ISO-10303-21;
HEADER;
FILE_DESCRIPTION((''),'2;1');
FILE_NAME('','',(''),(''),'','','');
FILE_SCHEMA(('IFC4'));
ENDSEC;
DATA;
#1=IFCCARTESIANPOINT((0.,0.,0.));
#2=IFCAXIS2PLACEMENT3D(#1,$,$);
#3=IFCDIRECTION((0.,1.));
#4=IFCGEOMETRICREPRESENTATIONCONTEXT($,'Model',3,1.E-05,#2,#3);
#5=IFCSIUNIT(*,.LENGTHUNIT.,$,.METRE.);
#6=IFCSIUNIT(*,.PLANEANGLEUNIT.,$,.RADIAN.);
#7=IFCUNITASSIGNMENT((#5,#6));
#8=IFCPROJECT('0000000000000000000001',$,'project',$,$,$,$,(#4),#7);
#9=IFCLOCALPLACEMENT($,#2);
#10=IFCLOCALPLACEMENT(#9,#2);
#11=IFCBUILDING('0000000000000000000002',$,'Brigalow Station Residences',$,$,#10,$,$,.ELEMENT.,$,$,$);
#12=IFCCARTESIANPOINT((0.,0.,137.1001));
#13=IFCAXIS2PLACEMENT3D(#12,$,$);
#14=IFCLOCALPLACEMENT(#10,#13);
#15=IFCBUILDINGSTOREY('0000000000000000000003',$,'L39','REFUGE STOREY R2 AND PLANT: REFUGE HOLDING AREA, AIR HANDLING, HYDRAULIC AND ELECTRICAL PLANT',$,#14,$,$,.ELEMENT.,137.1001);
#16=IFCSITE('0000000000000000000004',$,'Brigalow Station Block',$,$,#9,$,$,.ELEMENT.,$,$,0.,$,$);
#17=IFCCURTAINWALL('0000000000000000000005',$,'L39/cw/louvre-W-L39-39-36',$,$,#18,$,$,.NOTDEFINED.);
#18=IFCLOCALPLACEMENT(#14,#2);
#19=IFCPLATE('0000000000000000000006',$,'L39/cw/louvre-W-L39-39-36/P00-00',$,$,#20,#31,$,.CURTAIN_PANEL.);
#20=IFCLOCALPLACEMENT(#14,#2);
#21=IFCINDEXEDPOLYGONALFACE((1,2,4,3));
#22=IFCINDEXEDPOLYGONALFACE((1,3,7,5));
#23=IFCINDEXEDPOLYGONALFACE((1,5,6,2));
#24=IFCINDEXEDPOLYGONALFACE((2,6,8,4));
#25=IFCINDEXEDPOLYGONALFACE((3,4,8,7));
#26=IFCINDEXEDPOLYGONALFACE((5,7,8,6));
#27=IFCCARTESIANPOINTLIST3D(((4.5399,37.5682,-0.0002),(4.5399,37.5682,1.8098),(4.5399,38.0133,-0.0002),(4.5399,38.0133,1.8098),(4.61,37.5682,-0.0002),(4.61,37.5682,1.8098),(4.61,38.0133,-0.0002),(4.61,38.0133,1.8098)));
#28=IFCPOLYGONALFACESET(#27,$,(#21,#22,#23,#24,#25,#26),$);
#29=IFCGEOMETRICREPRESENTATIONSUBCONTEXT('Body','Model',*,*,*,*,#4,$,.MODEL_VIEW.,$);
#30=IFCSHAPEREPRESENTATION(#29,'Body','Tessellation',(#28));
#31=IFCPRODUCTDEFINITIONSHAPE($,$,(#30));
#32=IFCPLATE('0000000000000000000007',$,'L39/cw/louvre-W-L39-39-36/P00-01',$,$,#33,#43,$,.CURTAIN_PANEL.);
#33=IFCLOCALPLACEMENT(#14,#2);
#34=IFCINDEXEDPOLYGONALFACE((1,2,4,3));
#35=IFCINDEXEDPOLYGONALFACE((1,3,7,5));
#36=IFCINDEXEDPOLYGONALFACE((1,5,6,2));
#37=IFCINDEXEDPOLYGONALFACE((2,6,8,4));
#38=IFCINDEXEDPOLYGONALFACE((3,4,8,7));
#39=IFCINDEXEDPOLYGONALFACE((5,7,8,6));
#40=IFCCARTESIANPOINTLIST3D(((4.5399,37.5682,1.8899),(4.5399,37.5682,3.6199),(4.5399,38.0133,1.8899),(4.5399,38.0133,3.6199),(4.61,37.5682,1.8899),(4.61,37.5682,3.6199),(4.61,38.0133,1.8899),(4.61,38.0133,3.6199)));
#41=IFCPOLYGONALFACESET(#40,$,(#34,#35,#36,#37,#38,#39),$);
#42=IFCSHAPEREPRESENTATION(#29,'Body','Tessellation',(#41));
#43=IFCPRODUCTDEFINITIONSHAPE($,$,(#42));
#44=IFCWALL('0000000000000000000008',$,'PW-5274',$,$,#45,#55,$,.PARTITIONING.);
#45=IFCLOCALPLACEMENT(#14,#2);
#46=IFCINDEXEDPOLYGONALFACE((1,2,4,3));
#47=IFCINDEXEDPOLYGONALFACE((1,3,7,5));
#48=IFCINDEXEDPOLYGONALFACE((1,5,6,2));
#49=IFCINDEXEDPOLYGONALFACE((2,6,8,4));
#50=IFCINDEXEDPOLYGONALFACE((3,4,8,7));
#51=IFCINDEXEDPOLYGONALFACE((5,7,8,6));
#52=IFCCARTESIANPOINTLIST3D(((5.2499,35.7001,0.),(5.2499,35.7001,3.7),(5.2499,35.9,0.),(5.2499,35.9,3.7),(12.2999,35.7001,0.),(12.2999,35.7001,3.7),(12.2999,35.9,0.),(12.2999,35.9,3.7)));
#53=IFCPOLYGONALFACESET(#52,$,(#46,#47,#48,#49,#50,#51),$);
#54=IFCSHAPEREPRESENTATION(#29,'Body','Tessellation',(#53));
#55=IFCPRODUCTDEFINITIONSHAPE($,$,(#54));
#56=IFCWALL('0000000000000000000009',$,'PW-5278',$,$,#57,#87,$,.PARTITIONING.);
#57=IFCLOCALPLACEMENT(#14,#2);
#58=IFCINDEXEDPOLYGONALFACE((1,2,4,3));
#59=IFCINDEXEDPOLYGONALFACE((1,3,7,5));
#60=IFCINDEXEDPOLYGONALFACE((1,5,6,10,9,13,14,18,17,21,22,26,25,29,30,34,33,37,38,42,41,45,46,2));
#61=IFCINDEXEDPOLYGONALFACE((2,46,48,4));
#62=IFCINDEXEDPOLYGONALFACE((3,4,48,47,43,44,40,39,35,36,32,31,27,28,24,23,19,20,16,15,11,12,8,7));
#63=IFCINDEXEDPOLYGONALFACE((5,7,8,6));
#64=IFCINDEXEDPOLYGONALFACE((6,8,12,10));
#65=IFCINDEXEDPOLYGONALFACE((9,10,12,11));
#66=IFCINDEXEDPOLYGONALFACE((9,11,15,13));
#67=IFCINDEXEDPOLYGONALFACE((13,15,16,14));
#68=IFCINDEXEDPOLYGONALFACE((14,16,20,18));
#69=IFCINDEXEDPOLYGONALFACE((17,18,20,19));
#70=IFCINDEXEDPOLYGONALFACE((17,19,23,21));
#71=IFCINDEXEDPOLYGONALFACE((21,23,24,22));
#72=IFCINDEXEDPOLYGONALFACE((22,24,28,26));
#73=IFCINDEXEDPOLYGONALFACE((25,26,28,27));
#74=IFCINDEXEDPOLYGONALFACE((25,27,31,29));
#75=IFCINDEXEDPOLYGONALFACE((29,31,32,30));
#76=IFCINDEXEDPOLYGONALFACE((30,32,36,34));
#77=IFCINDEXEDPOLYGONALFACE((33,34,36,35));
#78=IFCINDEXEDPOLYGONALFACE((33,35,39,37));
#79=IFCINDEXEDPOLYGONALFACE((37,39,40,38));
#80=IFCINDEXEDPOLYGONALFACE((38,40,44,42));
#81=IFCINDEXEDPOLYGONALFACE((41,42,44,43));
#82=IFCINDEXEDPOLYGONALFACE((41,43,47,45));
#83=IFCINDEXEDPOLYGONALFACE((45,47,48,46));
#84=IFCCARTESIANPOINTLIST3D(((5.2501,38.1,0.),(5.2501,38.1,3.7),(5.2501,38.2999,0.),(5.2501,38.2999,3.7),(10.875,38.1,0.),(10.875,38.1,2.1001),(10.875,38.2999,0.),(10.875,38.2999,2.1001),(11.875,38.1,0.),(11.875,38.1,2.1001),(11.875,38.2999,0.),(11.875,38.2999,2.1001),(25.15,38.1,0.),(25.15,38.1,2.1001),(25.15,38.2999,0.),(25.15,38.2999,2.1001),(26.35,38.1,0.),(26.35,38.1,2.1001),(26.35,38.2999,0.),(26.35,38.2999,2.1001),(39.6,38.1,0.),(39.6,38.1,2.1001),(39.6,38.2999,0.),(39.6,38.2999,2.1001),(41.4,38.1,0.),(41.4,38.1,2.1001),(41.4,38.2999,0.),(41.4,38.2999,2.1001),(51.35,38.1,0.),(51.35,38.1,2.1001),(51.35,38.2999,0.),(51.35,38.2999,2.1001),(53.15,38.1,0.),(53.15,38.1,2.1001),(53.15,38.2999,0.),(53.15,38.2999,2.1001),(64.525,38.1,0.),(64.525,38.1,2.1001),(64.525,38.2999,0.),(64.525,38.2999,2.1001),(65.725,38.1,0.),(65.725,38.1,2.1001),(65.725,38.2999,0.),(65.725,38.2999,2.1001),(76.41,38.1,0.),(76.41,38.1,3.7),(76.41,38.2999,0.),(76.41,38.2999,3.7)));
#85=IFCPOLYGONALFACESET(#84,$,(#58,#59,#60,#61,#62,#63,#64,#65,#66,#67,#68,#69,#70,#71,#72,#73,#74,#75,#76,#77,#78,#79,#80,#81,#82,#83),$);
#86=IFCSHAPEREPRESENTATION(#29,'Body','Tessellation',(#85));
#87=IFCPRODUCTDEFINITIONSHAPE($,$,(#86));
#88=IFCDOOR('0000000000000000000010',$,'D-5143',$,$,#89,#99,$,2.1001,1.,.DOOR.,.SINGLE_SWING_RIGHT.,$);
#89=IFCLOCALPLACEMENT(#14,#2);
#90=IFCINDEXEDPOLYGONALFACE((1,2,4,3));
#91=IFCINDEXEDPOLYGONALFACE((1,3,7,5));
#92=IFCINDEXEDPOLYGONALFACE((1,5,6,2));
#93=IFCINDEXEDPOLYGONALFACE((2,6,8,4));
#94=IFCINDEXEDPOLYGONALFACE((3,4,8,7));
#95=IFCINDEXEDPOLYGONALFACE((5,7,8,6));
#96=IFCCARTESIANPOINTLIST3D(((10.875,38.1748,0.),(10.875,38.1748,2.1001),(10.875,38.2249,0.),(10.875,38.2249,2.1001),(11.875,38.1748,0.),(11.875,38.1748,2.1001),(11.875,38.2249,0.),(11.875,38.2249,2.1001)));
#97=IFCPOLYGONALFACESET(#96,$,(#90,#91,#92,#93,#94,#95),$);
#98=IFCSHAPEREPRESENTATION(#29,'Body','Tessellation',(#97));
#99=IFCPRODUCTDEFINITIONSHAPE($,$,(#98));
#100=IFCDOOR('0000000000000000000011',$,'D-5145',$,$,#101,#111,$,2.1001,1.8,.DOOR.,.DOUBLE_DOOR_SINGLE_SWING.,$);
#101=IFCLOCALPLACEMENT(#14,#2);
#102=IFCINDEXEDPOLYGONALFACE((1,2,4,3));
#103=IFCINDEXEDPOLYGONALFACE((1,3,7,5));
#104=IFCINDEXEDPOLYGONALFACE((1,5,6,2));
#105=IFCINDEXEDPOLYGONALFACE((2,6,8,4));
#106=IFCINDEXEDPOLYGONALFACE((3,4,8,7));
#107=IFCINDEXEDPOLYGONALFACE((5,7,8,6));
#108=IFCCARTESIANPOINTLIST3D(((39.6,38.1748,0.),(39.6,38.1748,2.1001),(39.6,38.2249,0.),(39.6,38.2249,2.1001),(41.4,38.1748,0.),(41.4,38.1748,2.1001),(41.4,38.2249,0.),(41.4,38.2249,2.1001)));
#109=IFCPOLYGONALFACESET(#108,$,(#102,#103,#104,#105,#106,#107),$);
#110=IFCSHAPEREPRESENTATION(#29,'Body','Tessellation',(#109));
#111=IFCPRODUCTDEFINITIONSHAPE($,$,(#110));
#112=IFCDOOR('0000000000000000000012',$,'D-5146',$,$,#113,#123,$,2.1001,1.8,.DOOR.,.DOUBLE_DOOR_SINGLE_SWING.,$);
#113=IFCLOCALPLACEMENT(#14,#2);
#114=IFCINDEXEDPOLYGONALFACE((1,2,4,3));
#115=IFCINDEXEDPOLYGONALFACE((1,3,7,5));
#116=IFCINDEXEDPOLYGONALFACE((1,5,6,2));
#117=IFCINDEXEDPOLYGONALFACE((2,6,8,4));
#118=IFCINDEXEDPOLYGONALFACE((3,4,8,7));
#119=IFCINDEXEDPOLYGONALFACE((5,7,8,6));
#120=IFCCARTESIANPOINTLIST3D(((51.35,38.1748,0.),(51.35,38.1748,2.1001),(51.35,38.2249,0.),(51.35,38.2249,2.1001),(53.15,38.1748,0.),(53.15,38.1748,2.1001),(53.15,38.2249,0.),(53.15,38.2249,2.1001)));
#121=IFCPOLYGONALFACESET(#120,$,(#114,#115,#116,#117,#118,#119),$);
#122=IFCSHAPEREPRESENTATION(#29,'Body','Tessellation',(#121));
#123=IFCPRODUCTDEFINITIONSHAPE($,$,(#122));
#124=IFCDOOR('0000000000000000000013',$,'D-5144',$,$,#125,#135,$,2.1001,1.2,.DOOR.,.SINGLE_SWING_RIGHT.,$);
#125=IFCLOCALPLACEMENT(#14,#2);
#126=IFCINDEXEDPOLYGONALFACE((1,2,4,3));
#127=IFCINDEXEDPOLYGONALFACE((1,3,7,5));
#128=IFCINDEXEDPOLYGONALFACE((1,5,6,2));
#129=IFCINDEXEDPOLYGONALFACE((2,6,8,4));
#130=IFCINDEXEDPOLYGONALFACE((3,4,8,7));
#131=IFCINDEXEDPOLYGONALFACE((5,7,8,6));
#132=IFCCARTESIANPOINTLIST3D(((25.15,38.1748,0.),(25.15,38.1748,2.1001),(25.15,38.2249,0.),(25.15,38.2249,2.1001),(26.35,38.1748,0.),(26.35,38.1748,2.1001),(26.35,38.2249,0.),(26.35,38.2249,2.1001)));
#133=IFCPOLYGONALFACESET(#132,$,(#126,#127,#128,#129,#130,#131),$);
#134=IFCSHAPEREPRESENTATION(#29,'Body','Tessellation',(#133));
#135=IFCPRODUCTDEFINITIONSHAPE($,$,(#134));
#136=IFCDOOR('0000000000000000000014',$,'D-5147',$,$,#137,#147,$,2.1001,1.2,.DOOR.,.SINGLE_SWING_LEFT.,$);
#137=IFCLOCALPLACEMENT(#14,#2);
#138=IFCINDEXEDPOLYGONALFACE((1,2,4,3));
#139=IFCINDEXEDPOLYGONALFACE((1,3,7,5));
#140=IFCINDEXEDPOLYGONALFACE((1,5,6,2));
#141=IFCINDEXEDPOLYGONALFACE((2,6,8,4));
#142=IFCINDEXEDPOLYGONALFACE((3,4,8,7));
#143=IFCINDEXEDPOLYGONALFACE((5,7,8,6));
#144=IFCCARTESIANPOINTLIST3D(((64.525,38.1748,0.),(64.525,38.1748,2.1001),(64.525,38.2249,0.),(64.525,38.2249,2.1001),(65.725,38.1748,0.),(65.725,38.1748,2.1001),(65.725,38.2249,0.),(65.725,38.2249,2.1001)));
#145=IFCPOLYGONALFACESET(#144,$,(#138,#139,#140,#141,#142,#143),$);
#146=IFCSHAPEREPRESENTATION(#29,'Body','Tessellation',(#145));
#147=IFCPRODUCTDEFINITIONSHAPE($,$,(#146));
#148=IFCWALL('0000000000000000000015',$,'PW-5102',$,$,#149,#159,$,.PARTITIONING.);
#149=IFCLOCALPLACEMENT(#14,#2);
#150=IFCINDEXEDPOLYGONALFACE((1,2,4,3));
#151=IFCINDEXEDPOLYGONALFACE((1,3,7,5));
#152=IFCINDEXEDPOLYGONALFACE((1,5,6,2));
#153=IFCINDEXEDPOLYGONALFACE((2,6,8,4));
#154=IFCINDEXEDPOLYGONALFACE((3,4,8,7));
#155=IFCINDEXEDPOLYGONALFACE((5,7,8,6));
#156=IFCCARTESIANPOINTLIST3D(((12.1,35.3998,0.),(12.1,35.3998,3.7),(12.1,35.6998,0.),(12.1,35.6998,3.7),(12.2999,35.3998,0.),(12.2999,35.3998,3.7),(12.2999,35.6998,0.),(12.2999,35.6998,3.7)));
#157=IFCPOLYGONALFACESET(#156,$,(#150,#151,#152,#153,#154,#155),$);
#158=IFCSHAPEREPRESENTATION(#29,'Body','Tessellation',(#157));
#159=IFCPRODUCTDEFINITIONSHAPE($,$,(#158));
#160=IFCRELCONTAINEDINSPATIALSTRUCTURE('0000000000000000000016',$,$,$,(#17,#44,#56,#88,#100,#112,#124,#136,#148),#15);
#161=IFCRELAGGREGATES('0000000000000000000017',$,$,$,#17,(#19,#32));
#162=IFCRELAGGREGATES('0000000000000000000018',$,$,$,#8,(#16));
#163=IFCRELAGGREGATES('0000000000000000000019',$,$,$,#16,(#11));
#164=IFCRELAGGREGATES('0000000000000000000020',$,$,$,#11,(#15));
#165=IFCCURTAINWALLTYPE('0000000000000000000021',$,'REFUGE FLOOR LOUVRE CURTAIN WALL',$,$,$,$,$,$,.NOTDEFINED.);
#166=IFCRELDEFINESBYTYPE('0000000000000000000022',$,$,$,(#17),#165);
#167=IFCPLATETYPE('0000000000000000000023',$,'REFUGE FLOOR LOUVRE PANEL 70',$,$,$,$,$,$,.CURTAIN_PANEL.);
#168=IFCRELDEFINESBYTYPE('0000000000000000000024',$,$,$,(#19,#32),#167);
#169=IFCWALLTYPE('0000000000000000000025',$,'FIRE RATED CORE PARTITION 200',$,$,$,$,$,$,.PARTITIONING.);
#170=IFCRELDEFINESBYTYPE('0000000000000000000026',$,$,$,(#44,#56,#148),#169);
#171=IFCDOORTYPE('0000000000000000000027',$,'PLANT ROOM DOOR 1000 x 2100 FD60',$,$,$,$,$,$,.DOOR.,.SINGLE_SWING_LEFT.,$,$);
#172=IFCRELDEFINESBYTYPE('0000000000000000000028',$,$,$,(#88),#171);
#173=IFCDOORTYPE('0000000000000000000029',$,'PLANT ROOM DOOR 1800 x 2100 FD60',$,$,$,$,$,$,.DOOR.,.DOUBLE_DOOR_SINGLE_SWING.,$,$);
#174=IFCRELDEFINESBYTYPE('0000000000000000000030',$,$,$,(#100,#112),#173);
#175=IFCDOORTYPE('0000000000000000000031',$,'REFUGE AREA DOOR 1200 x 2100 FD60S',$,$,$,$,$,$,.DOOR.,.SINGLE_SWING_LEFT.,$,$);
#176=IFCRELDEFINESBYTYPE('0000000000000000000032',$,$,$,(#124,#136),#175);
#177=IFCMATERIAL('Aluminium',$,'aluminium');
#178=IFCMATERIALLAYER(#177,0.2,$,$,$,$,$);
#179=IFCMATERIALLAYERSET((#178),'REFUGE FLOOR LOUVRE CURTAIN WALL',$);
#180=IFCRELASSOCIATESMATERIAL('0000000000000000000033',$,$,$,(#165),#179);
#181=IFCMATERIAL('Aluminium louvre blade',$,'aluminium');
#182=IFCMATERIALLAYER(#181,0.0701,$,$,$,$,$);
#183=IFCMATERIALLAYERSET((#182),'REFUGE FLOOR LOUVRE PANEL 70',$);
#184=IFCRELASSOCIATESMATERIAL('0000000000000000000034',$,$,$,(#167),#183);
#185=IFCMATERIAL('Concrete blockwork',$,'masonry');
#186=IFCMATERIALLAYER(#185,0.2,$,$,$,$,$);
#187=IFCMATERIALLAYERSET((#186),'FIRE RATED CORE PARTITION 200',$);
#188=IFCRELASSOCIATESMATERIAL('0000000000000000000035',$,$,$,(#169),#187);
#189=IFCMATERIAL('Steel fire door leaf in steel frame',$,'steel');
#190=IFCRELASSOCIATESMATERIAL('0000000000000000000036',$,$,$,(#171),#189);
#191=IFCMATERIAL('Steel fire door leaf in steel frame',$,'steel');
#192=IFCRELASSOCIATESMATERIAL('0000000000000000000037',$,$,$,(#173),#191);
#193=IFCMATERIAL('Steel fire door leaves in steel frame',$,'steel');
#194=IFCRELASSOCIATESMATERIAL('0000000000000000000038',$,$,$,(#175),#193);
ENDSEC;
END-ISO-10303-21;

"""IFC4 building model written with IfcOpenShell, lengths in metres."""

from ifc_helpers import new_model, si_unit, direction, frame, frame_2d, origin, origin_2d, place, context, subcontext, project, spatial, rectangle, extrude, material, layer, layer_set, type_object, element, fill, aggregate, save


model = new_model("IFC4")

# Units and contexts
model_context = context("Model", 3, precision=1e-05, world=origin(), true_north=direction((0.0, 1.0)))
body_context = subcontext(model_context, "Body", "Model", "MODEL_VIEW")
ifc_project = project(units=[si_unit("LENGTHUNIT", "METRE"), si_unit("PLANEANGLEUNIT", "RADIAN")], contexts=[model_context])

# Site, building, storey
site_placement = place(None, origin())
site = spatial("IfcSite", under=ifc_project, at=site_placement, Name="Brigalow Station Block", CompositionType="ELEMENT", RefElevation=0.0)
building_placement = place(site_placement, origin())
building = spatial("IfcBuilding", under=site, at=building_placement, Name="Brigalow Station Residences", CompositionType="ELEMENT")
storey_placement = place(building_placement, frame((0.0, 0.0, 137.1001)))
storey = spatial("IfcBuildingStorey", under=building, at=storey_placement, Name="L39", Description="REFUGE STOREY R2 AND PLANT: REFUGE HOLDING AREA, AIR HANDLING, HYDRAULIC AND ELECTRICAL PLANT", CompositionType="ELEMENT", Elevation=137.1001)

# Shared definitions
ifc_material_1 = material(Name="Aluminium", Category="aluminium")
ifc_layer_1 = layer(ifc_material_1, 0.2)
ifc_layer_set_1 = layer_set([ifc_layer_1], Name="REFUGE FLOOR LOUVRE CURTAIN WALL")
curtain_wall_type = type_object("IfcCurtainWallType", Name="REFUGE FLOOR LOUVRE CURTAIN WALL", PredefinedType="NOTDEFINED", material=ifc_layer_set_1)

# Curtain wall
curtain_wall_1_placement = place(storey_placement, origin())
curtain_wall_1 = element("IfcCurtainWall", 1, at=curtain_wall_1_placement, inside=storey, type_object=curtain_wall_type, Name="L39/cw/louvre-W-L39-39-36", PredefinedType="NOTDEFINED")

# Plates
ifc_material_2 = material(Name="Aluminium louvre blade", Category="aluminium")
ifc_layer_2 = layer(ifc_material_2, 0.0701)
ifc_layer_set_2 = layer_set([ifc_layer_2], Name="REFUGE FLOOR LOUVRE PANEL 70")
plate_type = type_object("IfcPlateType", Name="REFUGE FLOOR LOUVRE PANEL 70", PredefinedType="CURTAIN_PANEL", material=ifc_layer_set_2)
plate_1_placement = place(storey_placement, frame((4.575, 37.7908, -0.0002), z_axis=(0.0, 0.0, 1.0), x_axis=(0.0, -1.0, 0.0)))
plate_1 = element("IfcPlate", 2, at=plate_1_placement, type_object=plate_type, Name="L39/cw/louvre-W-L39-39-36/P00-00", PredefinedType="CURTAIN_PANEL", context=body_context, shape_type="SweptSolid", body=[
    extrude(rectangle(XDim=0.4451, YDim=0.0701, at=origin_2d()), origin(), (0.0, 0.0, 1.0), 1.8101),
])
plate_2_placement = place(storey_placement, frame((4.575, 37.7908, 1.8899), z_axis=(0.0, 0.0, 1.0), x_axis=(0.0, -1.0, 0.0)))
plate_2 = element("IfcPlate", 3, at=plate_2_placement, type_object=plate_type, Name="L39/cw/louvre-W-L39-39-36/P00-01", PredefinedType="CURTAIN_PANEL", context=body_context, shape_type="SweptSolid", body=[
    extrude(rectangle(XDim=0.4451, YDim=0.0701, at=origin_2d()), origin(), (0.0, 0.0, 1.0), 1.73),
])
aggregate(curtain_wall_1, [plate_1, plate_2])

# Wall
ifc_material_3 = material(Name="Concrete blockwork", Category="masonry")
ifc_layer_3 = layer(ifc_material_3, 0.2)
ifc_layer_set_3 = layer_set([ifc_layer_3], Name="FIRE RATED CORE PARTITION 200")
wall_type = type_object("IfcWallType", Name="FIRE RATED CORE PARTITION 200", PredefinedType="PARTITIONING", material=ifc_layer_set_3)
wall_1_placement = place(storey_placement, frame((5.25, 35.8, 0.0), z_axis=(0.0, 0.0, 1.0), x_axis=(1.0, 0.0, 0.0)))
element("IfcWall", 4, at=wall_1_placement, inside=storey, type_object=wall_type, Name="PW-5274", PredefinedType="PARTITIONING", context=body_context, shape_type="SweptSolid", body=[
    extrude(rectangle(XDim=7.05, YDim=0.2, at=frame_2d((3.5249, 0.0))), origin(), (0.0, 0.0, 1.0), 3.7),
])

# Wall, openings, doors
wall_2_placement = place(storey_placement, frame((5.25, 38.2, 0.0), z_axis=(0.0, 0.0, 1.0), x_axis=(1.0, 0.0, 0.0)))
wall_2 = element("IfcWall", 5, at=wall_2_placement, inside=storey, type_object=wall_type, Name="PW-5278", PredefinedType="PARTITIONING", context=body_context, shape_type="SweptSolid", body=[
    extrude(rectangle(XDim=71.1599, YDim=0.2, at=frame_2d((35.5801, 0.0))), origin(), (0.0, 0.0, 1.0), 3.7),
])
opening_1_placement = place(wall_2_placement, frame((5.625, 0.0, 0.0)))
opening_1 = element("IfcOpeningElement", 6, at=opening_1_placement, cuts=wall_2, PredefinedType="OPENING", context=body_context, shape_type="SweptSolid", body=[
    extrude(rectangle(XDim=1.0, YDim=2.1001, at=frame_2d((0.5, 1.05))), frame((0.0, 0.1099, 0.0), z_axis=(0.0, -1.0, 0.0), x_axis=(1.0, 0.0, 0.0)), (0.0, 0.0, 1.0), 0.22),
])
opening_2_placement = place(wall_2_placement, frame((19.8999, 0.0, 0.0)))
opening_2 = element("IfcOpeningElement", 7, at=opening_2_placement, cuts=wall_2, PredefinedType="OPENING", context=body_context, shape_type="SweptSolid", body=[
    extrude(rectangle(XDim=1.2, YDim=2.1001, at=frame_2d((0.6001, 1.05))), frame((0.0, 0.1099, 0.0), z_axis=(0.0, -1.0, 0.0), x_axis=(1.0, 0.0, 0.0)), (0.0, 0.0, 1.0), 0.22),
])
opening_3_placement = place(wall_2_placement, frame((34.3501, 0.0, 0.0)))
opening_3 = element("IfcOpeningElement", 8, at=opening_3_placement, cuts=wall_2, PredefinedType="OPENING", context=body_context, shape_type="SweptSolid", body=[
    extrude(rectangle(XDim=1.8, YDim=2.1001, at=frame_2d((0.8999, 1.05))), frame((0.0, 0.1099, 0.0), z_axis=(0.0, -1.0, 0.0), x_axis=(1.0, 0.0, 0.0)), (0.0, 0.0, 1.0), 0.22),
])
opening_4_placement = place(wall_2_placement, frame((46.1001, 0.0, 0.0)))
opening_4 = element("IfcOpeningElement", 9, at=opening_4_placement, cuts=wall_2, PredefinedType="OPENING", context=body_context, shape_type="SweptSolid", body=[
    extrude(rectangle(XDim=1.8, YDim=2.1001, at=frame_2d((0.8999, 1.05))), frame((0.0, 0.1099, 0.0), z_axis=(0.0, -1.0, 0.0), x_axis=(1.0, 0.0, 0.0)), (0.0, 0.0, 1.0), 0.22),
])
opening_5_placement = place(wall_2_placement, frame((59.2749, 0.0, 0.0)))
opening_5 = element("IfcOpeningElement", 10, at=opening_5_placement, cuts=wall_2, PredefinedType="OPENING", context=body_context, shape_type="SweptSolid", body=[
    extrude(rectangle(XDim=1.2, YDim=2.1001, at=frame_2d((0.6001, 1.05))), frame((0.0, 0.1099, 0.0), z_axis=(0.0, -1.0, 0.0), x_axis=(1.0, 0.0, 0.0)), (0.0, 0.0, 1.0), 0.22),
])
ifc_material_4 = material(Name="Steel fire door leaf in steel frame", Category="steel")
door_type_1 = type_object("IfcDoorType", Name="PLANT ROOM DOOR 1000 x 2100 FD60", OperationType="SINGLE_SWING_LEFT", PredefinedType="DOOR", material=ifc_material_4)
door_1_placement = place(opening_1_placement, origin())
door_1 = element("IfcDoor", 11, at=door_1_placement, inside=storey, type_object=door_type_1, Name="D-5143", OperationType="SINGLE_SWING_RIGHT", OverallHeight=2.1001, OverallWidth=1.0, PredefinedType="DOOR", context=body_context, shape_type="SweptSolid", body=[
    extrude(rectangle(XDim=1.0, YDim=2.1001, at=frame_2d((0.5, 1.05))), frame((0.0, 0.0249, 0.0), z_axis=(0.0, -1.0, 0.0), x_axis=(1.0, 0.0, 0.0)), (0.0, 0.0, 1.0), 0.05),
])
fill(opening_1, door_1)
ifc_material_5 = material(Name="Steel fire door leaf in steel frame", Category="steel")
door_type_2 = type_object("IfcDoorType", Name="PLANT ROOM DOOR 1800 x 2100 FD60", OperationType="DOUBLE_DOOR_SINGLE_SWING", PredefinedType="DOOR", material=ifc_material_5)
door_2_placement = place(opening_3_placement, origin())
door_2 = element("IfcDoor", 12, at=door_2_placement, inside=storey, type_object=door_type_2, Name="D-5145", OperationType="DOUBLE_DOOR_SINGLE_SWING", OverallHeight=2.1001, OverallWidth=1.8, PredefinedType="DOOR", context=body_context, shape_type="SweptSolid", body=[
    extrude(rectangle(XDim=1.8, YDim=2.1001, at=frame_2d((0.8999, 1.05))), frame((0.0, 0.0249, 0.0), z_axis=(0.0, -1.0, 0.0), x_axis=(1.0, 0.0, 0.0)), (0.0, 0.0, 1.0), 0.05),
])
fill(opening_3, door_2)
door_3_placement = place(opening_4_placement, origin())
door_3 = element("IfcDoor", 13, at=door_3_placement, inside=storey, type_object=door_type_2, Name="D-5146", OperationType="DOUBLE_DOOR_SINGLE_SWING", OverallHeight=2.1001, OverallWidth=1.8, PredefinedType="DOOR", context=body_context, shape_type="SweptSolid", body=[
    extrude(rectangle(XDim=1.8, YDim=2.1001, at=frame_2d((0.8999, 1.05))), frame((0.0, 0.0249, 0.0), z_axis=(0.0, -1.0, 0.0), x_axis=(1.0, 0.0, 0.0)), (0.0, 0.0, 1.0), 0.05),
])
fill(opening_4, door_3)
ifc_material_6 = material(Name="Steel fire door leaves in steel frame", Category="steel")
door_type_3 = type_object("IfcDoorType", Name="REFUGE AREA DOOR 1200 x 2100 FD60S", OperationType="SINGLE_SWING_LEFT", PredefinedType="DOOR", material=ifc_material_6)
door_4_placement = place(opening_2_placement, origin())
door_4 = element("IfcDoor", 14, at=door_4_placement, inside=storey, type_object=door_type_3, Name="D-5144", OperationType="SINGLE_SWING_RIGHT", OverallHeight=2.1001, OverallWidth=1.2, PredefinedType="DOOR", context=body_context, shape_type="SweptSolid", body=[
    extrude(rectangle(XDim=1.2, YDim=2.1001, at=frame_2d((0.6001, 1.05))), frame((0.0, 0.0249, 0.0), z_axis=(0.0, -1.0, 0.0), x_axis=(1.0, 0.0, 0.0)), (0.0, 0.0, 1.0), 0.05),
])
fill(opening_2, door_4)
door_5_placement = place(opening_5_placement, origin())
door_5 = element("IfcDoor", 15, at=door_5_placement, inside=storey, type_object=door_type_3, Name="D-5147", OperationType="SINGLE_SWING_LEFT", OverallHeight=2.1001, OverallWidth=1.2, PredefinedType="DOOR", context=body_context, shape_type="SweptSolid", body=[
    extrude(rectangle(XDim=1.2, YDim=2.1001, at=frame_2d((0.6001, 1.05))), frame((0.0, 0.0249, 0.0), z_axis=(0.0, -1.0, 0.0), x_axis=(1.0, 0.0, 0.0)), (0.0, 0.0, 1.0), 0.05),
])
fill(opening_5, door_5)

# Wall
wall_3_placement = place(storey_placement, frame((12.2, 35.3999, 0.0), z_axis=(0.0, 0.0, 1.0), x_axis=(0.0, 1.0, 0.0)))
element("IfcWall", 16, at=wall_3_placement, inside=storey, type_object=wall_type, Name="PW-5102", PredefinedType="PARTITIONING", context=body_context, shape_type="SweptSolid", body=[
    extrude(rectangle(XDim=0.3, YDim=0.2, at=frame_2d((0.1499, 0.0))), origin(), (0.0, 0.0, 1.0), 3.7),
])

save(model, "model.ifc")
